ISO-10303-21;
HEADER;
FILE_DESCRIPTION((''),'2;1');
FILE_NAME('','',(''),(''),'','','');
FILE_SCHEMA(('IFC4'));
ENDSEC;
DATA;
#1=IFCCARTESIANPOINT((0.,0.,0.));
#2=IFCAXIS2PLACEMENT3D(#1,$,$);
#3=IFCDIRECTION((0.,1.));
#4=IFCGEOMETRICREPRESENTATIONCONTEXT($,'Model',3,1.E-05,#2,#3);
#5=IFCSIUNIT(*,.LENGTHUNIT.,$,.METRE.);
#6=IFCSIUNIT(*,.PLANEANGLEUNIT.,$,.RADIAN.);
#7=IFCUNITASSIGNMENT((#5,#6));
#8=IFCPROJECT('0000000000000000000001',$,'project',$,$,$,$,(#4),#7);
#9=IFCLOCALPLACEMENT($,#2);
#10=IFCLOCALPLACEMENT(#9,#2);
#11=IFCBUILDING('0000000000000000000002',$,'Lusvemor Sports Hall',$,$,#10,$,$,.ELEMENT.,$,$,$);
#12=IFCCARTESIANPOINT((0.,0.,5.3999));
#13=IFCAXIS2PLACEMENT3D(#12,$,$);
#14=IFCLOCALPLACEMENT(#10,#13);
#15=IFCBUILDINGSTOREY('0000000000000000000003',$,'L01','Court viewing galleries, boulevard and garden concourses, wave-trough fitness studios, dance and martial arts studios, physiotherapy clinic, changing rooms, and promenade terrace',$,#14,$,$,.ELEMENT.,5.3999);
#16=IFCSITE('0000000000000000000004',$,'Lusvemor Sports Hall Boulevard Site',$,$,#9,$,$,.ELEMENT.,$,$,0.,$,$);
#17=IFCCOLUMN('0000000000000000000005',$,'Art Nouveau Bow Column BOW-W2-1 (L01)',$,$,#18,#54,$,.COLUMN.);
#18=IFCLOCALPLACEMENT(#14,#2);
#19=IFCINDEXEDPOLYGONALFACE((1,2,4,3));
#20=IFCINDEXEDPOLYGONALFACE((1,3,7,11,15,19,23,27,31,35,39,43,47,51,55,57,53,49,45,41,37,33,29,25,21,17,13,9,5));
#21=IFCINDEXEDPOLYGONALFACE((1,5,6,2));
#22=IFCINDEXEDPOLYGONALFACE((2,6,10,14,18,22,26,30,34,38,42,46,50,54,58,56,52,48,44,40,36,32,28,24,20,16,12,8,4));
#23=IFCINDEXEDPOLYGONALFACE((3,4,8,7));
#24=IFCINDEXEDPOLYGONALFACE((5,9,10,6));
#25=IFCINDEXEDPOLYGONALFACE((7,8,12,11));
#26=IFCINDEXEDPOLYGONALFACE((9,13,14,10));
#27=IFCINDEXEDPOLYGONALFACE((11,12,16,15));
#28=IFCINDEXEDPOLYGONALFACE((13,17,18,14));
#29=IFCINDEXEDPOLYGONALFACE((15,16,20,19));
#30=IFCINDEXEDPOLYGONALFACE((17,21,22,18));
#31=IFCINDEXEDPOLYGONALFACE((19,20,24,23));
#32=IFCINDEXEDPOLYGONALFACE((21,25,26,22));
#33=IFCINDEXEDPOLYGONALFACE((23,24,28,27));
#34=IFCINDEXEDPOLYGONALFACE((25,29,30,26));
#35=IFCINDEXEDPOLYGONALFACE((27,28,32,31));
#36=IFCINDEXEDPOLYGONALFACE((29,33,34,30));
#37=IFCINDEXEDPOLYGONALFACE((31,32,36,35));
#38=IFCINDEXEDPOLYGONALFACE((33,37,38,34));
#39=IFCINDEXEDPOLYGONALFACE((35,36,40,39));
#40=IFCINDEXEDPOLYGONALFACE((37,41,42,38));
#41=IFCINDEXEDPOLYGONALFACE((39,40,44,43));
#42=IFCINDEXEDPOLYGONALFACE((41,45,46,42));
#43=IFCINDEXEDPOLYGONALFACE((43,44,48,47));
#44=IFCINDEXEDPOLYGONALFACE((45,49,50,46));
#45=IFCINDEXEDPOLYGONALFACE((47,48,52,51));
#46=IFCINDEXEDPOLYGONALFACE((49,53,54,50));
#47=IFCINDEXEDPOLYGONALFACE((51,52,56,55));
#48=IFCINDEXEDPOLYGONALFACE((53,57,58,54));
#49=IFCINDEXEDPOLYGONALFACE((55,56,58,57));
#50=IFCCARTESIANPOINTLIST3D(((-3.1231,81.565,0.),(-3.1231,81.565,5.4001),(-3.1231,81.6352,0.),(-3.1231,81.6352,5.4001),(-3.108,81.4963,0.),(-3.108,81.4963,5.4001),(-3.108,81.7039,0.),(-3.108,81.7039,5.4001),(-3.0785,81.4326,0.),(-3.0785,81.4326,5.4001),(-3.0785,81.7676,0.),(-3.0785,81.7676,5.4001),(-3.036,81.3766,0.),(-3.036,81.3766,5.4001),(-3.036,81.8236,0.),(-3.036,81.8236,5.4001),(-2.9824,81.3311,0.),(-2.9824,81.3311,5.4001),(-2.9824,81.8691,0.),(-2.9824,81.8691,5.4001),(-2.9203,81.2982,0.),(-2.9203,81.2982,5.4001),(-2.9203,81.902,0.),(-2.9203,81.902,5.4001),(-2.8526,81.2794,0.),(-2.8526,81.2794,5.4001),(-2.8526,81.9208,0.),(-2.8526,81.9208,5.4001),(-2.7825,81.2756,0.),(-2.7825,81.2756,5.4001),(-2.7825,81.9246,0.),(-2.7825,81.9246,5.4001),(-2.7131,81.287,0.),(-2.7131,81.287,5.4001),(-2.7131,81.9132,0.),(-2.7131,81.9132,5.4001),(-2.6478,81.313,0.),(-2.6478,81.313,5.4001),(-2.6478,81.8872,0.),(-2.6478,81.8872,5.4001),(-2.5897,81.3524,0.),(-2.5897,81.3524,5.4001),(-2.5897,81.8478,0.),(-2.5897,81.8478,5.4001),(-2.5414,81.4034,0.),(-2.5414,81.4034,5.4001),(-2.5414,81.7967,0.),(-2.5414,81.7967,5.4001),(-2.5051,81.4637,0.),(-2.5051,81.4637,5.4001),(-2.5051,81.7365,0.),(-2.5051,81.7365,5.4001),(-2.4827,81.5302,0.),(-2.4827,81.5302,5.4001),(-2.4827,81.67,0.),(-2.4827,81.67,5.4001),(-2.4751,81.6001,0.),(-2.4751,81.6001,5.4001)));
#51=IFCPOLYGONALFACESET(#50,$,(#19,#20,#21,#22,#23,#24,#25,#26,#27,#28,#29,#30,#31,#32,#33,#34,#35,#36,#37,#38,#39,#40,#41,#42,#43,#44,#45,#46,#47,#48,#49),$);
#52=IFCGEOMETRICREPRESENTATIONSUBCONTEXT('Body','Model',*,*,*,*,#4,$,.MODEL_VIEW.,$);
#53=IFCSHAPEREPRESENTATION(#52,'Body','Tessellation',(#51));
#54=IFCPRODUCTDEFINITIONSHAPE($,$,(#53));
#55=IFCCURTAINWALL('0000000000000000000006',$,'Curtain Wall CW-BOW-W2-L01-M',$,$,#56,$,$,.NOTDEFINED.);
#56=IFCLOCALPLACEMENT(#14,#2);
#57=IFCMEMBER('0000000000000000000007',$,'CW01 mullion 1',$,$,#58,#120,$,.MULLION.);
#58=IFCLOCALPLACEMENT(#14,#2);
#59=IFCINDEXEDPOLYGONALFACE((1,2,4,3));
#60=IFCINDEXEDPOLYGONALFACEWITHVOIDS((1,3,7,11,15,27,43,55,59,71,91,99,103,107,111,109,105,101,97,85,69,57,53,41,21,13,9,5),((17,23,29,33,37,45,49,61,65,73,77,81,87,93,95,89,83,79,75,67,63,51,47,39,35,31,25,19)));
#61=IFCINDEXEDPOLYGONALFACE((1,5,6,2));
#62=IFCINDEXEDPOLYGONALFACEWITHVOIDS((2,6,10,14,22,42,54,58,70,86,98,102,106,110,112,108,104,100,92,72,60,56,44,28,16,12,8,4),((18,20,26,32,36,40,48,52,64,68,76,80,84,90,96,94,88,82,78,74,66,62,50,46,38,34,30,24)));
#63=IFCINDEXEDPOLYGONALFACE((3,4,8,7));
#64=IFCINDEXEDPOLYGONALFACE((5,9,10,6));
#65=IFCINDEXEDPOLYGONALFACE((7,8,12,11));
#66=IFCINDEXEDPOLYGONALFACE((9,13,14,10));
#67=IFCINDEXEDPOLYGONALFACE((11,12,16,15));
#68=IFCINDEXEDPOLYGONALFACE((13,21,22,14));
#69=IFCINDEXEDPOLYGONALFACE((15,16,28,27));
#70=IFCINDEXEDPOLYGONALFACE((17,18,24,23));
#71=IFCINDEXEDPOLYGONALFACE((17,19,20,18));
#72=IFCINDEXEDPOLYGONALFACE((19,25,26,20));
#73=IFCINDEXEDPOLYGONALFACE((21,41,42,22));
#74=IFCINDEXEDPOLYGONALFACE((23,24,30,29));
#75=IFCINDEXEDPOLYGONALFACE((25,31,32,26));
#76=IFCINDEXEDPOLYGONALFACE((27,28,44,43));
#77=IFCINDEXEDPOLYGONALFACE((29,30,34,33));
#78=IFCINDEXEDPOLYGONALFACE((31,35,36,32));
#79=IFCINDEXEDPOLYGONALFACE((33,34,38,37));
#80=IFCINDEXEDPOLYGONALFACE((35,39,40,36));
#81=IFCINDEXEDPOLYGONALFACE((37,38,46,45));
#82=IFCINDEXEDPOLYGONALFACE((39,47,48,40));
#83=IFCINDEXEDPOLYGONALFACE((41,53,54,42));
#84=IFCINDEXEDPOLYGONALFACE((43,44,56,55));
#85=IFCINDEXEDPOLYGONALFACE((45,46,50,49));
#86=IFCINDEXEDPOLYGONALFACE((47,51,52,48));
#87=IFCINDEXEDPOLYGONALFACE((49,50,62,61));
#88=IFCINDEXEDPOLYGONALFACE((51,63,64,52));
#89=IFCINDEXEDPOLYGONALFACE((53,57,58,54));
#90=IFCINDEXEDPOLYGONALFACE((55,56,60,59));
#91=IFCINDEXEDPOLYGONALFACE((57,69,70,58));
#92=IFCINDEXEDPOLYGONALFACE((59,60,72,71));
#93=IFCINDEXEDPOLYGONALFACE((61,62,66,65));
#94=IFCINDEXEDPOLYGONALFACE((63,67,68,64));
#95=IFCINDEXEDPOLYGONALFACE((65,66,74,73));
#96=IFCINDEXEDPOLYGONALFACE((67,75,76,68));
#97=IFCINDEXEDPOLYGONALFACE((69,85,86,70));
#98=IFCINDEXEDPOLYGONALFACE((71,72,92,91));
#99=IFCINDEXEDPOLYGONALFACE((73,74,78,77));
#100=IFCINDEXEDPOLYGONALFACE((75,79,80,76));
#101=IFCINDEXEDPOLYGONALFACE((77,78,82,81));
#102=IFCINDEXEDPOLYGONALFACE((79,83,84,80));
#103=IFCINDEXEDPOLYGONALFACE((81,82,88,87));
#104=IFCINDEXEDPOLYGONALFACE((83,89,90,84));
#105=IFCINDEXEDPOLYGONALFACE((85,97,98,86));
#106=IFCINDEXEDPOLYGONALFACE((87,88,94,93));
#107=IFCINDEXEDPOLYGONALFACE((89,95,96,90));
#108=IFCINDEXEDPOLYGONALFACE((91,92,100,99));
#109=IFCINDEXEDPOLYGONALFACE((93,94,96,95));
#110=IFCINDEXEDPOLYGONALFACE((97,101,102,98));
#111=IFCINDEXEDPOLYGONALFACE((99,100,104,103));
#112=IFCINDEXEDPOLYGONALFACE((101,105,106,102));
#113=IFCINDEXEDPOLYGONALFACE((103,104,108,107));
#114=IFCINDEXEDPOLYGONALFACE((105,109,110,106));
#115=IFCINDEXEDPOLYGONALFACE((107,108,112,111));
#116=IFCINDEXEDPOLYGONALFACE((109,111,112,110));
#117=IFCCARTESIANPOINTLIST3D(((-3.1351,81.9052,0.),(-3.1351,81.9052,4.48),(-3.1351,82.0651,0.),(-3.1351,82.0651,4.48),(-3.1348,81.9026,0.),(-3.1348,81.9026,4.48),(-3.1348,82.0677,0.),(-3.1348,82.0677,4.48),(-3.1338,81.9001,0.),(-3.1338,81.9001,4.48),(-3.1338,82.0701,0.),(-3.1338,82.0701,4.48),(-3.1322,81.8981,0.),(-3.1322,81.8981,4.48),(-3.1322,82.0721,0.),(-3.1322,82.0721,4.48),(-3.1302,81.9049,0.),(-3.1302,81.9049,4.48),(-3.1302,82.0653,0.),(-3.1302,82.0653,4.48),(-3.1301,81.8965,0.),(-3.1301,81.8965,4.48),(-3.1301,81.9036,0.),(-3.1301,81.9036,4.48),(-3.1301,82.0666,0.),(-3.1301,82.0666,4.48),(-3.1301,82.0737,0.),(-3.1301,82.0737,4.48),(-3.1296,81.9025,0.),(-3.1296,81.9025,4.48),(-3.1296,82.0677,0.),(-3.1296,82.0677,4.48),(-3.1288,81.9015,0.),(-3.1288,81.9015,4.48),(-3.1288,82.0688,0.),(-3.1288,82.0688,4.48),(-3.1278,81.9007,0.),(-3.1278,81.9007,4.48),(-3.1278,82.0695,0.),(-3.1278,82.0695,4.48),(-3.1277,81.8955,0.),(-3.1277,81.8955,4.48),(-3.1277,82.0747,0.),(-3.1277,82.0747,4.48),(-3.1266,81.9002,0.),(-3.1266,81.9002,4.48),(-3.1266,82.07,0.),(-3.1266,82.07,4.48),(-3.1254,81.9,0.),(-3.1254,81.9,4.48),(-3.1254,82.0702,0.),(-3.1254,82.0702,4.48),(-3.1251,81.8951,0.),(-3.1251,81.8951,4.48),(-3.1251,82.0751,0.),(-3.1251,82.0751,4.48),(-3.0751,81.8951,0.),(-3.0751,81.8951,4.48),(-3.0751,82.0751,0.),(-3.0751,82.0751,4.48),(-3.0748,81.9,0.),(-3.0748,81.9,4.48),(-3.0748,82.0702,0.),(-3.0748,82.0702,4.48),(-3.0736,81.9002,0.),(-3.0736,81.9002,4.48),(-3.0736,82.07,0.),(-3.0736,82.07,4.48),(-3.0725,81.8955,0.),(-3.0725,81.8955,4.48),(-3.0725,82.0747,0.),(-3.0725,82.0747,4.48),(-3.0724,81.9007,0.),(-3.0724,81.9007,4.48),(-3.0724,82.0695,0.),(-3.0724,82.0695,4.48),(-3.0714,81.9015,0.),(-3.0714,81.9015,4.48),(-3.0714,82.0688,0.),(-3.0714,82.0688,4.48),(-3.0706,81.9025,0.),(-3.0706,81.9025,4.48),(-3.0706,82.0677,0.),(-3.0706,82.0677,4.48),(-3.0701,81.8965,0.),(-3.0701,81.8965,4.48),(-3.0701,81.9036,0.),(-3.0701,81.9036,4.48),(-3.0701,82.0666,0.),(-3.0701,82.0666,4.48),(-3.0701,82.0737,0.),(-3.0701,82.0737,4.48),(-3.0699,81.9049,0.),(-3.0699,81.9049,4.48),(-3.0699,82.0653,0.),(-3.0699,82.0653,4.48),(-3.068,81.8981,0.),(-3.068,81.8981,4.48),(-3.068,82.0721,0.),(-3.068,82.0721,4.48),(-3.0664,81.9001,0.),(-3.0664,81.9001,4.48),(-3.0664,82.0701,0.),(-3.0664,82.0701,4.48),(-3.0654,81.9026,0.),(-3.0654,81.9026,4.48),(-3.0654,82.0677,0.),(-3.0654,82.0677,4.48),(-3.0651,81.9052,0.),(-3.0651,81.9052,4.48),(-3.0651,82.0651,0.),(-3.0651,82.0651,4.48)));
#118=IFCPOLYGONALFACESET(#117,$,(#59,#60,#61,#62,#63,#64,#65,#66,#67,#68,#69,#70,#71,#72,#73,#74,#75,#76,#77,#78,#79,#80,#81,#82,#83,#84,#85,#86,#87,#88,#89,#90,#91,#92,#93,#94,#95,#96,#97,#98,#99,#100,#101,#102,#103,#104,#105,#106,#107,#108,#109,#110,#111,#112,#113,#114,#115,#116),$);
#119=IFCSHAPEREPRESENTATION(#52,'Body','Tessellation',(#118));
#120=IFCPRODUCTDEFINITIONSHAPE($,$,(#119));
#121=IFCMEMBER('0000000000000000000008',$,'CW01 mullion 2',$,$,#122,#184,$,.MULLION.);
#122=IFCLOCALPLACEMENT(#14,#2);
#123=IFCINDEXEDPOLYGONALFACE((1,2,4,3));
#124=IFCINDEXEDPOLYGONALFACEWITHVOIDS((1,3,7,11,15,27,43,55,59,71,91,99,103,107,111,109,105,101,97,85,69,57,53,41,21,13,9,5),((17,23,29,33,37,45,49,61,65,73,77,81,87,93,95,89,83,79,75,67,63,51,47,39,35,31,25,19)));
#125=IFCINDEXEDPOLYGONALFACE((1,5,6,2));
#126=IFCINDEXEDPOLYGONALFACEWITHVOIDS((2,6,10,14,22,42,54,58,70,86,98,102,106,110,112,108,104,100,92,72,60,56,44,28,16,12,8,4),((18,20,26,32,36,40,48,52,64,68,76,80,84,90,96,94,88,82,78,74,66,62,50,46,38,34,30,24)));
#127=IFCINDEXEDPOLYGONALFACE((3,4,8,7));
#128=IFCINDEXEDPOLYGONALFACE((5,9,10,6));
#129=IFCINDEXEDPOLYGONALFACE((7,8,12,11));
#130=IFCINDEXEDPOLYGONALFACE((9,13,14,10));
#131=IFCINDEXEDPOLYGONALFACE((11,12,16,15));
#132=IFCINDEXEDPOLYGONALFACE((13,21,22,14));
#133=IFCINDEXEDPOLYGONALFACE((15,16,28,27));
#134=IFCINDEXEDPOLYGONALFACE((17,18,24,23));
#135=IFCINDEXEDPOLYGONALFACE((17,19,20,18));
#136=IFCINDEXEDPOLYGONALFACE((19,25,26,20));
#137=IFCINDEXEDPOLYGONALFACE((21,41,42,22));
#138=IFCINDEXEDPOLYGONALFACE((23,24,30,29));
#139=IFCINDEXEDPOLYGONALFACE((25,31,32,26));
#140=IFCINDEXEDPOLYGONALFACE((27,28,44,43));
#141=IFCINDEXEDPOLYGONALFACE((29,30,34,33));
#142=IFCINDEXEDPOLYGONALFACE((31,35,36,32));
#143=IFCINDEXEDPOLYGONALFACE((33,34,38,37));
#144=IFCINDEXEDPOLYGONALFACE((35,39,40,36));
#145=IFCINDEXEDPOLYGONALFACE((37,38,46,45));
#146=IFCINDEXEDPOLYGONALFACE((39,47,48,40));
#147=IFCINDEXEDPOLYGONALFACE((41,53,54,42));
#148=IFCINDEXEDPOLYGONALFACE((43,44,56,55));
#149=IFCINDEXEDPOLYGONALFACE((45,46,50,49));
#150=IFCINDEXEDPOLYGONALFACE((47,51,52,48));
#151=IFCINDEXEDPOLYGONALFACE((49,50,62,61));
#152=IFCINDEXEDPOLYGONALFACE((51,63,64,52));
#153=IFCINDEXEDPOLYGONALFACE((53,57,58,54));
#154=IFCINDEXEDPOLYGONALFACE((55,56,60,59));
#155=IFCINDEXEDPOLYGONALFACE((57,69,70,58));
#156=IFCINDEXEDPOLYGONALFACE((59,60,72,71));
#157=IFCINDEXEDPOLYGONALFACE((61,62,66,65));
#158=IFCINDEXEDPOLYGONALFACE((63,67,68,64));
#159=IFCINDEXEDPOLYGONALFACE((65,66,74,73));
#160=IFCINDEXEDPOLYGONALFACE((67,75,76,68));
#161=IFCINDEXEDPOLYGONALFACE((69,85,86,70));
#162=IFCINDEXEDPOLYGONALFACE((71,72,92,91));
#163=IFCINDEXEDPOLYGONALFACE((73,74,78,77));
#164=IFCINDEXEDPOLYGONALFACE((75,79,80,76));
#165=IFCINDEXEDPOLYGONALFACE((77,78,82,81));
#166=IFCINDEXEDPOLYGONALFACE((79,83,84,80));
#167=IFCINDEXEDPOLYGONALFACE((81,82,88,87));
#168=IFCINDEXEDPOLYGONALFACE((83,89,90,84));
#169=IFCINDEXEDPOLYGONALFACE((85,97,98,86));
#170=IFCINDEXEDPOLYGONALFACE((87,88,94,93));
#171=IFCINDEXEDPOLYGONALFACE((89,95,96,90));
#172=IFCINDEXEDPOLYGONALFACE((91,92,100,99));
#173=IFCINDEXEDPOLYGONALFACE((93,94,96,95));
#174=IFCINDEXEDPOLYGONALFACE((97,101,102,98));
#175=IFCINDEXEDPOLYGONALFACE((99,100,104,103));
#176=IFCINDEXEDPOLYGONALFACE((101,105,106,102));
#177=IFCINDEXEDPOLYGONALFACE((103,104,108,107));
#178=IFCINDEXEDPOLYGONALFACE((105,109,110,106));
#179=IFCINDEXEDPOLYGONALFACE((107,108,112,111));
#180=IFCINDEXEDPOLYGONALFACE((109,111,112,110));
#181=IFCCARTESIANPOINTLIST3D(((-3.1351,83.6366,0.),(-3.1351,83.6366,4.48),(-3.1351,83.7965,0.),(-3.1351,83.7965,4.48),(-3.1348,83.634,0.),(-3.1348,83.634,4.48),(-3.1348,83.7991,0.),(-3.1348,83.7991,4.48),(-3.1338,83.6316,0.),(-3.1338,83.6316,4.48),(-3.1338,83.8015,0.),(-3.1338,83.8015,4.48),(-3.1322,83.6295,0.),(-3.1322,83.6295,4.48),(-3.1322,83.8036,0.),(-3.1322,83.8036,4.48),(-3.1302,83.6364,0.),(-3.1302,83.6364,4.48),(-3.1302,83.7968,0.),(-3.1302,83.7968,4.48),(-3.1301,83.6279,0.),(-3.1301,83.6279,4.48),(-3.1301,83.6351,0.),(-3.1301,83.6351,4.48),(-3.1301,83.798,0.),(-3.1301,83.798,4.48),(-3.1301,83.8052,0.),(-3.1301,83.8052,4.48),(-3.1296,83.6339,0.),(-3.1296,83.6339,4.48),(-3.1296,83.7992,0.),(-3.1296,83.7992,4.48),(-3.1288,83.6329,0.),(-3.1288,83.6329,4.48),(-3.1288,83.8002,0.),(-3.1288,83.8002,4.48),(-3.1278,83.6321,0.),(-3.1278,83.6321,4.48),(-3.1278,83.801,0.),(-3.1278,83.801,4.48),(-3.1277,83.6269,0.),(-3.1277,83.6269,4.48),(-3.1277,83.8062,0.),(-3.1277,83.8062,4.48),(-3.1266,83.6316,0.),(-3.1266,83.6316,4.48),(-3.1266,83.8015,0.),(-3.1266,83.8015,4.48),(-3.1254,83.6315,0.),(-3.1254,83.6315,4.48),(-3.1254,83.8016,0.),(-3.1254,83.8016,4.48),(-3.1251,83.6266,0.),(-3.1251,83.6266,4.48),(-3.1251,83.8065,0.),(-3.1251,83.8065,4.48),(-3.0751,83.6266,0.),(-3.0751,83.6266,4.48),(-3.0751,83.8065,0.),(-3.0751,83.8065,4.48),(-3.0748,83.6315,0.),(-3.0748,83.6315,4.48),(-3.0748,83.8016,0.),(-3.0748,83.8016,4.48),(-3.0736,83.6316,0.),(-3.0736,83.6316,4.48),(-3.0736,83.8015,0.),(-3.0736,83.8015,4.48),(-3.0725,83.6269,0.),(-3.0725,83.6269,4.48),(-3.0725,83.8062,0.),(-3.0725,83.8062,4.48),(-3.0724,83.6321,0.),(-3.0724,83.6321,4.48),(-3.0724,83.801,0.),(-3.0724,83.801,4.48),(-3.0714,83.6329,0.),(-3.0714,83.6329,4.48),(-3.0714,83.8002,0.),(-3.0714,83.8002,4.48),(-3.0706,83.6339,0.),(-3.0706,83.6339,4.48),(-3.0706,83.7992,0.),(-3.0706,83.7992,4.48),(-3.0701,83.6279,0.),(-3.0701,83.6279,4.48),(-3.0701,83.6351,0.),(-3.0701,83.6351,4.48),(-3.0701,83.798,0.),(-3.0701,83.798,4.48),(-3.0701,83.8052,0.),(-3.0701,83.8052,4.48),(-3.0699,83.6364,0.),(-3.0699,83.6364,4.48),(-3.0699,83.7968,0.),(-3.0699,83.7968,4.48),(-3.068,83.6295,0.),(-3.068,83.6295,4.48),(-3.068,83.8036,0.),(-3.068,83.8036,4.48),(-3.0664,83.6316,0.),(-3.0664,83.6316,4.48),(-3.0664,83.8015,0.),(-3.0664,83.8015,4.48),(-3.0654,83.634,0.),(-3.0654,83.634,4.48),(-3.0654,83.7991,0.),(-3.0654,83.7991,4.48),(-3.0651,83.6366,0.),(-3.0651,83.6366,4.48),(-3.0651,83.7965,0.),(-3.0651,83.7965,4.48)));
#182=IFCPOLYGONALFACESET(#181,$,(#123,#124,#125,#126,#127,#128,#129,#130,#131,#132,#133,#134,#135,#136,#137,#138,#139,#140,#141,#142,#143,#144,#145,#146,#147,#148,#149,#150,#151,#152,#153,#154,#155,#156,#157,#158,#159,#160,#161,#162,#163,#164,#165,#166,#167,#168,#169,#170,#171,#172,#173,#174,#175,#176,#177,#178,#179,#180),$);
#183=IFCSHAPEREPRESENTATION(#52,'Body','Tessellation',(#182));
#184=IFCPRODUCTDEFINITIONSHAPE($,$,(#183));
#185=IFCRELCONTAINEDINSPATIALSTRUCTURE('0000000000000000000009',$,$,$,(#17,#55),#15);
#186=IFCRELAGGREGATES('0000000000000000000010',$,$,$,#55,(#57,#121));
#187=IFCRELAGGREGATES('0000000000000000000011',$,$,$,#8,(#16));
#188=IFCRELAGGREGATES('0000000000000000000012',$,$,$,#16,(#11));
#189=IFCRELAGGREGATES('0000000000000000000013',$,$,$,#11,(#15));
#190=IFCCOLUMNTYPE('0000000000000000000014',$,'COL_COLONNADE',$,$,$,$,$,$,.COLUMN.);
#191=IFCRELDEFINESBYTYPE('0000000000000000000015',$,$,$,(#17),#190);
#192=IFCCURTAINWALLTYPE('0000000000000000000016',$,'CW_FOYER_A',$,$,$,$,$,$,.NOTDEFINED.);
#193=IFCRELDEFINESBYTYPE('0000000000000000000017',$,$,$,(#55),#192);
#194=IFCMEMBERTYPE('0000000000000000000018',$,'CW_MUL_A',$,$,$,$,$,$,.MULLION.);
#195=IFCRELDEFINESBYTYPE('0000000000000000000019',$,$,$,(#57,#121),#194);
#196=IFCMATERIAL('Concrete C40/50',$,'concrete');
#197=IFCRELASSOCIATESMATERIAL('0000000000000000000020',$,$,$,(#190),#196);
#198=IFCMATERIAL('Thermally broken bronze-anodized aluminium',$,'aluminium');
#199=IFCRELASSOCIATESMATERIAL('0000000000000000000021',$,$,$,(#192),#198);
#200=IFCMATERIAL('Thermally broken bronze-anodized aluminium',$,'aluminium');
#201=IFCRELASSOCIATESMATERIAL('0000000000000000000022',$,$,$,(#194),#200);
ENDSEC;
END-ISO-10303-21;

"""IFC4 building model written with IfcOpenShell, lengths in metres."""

from ifc_helpers import new_model, si_unit, direction, frame, origin, origin_2d, place, context, subcontext, project, spatial, hollow_rectangle, circle, extrude, material, material_profile, profile_set, type_object, element, aggregate, save


model = new_model("IFC4")

# Units and contexts
model_context = context("Model", 3, precision=1e-05, world=origin(), true_north=direction((0.0, 1.0)))
body_context = subcontext(model_context, "Body", "Model", "MODEL_VIEW")
ifc_project = project(units=[si_unit("LENGTHUNIT", "METRE"), si_unit("PLANEANGLEUNIT", "RADIAN")], contexts=[model_context])

# Site, building, storey
site_placement = place(None, origin())
site = spatial("IfcSite", under=ifc_project, at=site_placement, Name="Lusvemor Sports Hall Boulevard Site", CompositionType="ELEMENT", RefElevation=0.0)
building_placement = place(site_placement, origin())
building = spatial("IfcBuilding", under=site, at=building_placement, Name="Lusvemor Sports Hall", CompositionType="ELEMENT")
storey_placement = place(building_placement, frame((0.0, 0.0, 5.3999)))
storey = spatial("IfcBuildingStorey", under=building, at=storey_placement, Name="L01", Description="Court viewing galleries, boulevard and garden concourses, wave-trough fitness studios, dance and martial arts studios, physiotherapy clinic, changing rooms, and promenade terrace", CompositionType="ELEMENT", Elevation=5.3999)

# Column
ifc_material_1 = material(Name="Concrete C40/50", Category="concrete")
ifc_material_profile_1 = material_profile(ifc_material_1, circle(Radius=0.325, at=origin_2d()), Name="RCCIRC650")
ifc_profile_set_1 = profile_set([ifc_material_profile_1], Name="Concrete C40/50")
column_type = type_object("IfcColumnType", Name="COL_COLONNADE", PredefinedType="COLUMN", material=ifc_profile_set_1)
column_placement = place(storey_placement, frame((-2.8, 81.6001, 0.0), z_axis=(0.0, 0.0, 1.0), x_axis=(1.0, 0.0, 0.0)))
element("IfcColumn", 1, at=column_placement, inside=storey, type_object=column_type, Name="Art Nouveau Bow Column BOW-W2-1 (L01)", PredefinedType="COLUMN", context=body_context, shape_type="SweptSolid", body=[
    extrude(circle(Radius=0.325, at=origin_2d()), origin(), (0.0, 0.0, 1.0), 5.4001),
])

# Curtain wall, members
ifc_material_2 = material(Name="Thermally broken bronze-anodized aluminium", Category="aluminium")
curtain_wall_type_1 = type_object("IfcCurtainWallType", Name="CW_FOYER_A", PredefinedType="NOTDEFINED", material=ifc_material_2)
curtain_wall_1_placement = place(storey_placement, origin())
curtain_wall_1 = element("IfcCurtainWall", 2, at=curtain_wall_1_placement, inside=storey, type_object=curtain_wall_type_1, Name="Curtain Wall CW-BOW-W2-L01-M", PredefinedType="NOTDEFINED")
ifc_material_3 = material(Name="Thermally broken bronze-anodized aluminium", Category="aluminium")
ifc_material_profile_2 = material_profile(ifc_material_3, hollow_rectangle(XDim=0.0701, YDim=0.1799, WallThickness=0.0049, InnerFilletRadius=0.0049, OuterFilletRadius=0.01, at=origin_2d()), Name="CWMUL180x70x5")
ifc_profile_set_2 = profile_set([ifc_material_profile_2], Name="Thermally broken bronze-anodized aluminium")
member_type_1 = type_object("IfcMemberType", Name="CW_MUL_A", PredefinedType="MULLION", material=ifc_profile_set_2)
member_1_placement = place(storey_placement, frame((-3.1001, 81.9851, 0.0), z_axis=(0.0, 0.0, 1.0), x_axis=(-1.0, 0.0, 0.0)))
member_1 = element("IfcMember", 3, at=member_1_placement, type_object=member_type_1, Name="CW01 mullion 1", PredefinedType="MULLION", context=body_context, shape_type="SweptSolid", body=[
    extrude(hollow_rectangle(XDim=0.0701, YDim=0.1799, WallThickness=0.0049, InnerFilletRadius=0.0049, OuterFilletRadius=0.01, at=origin_2d()), origin(), (0.0, 0.0, 1.0), 4.48),
])
member_2_placement = place(storey_placement, frame((-3.1001, 83.7166, 0.0), z_axis=(0.0, 0.0, 1.0), x_axis=(-1.0, 0.0, 0.0)))
member_2 = element("IfcMember", 4, at=member_2_placement, type_object=member_type_1, Name="CW01 mullion 2", PredefinedType="MULLION", context=body_context, shape_type="SweptSolid", body=[
    extrude(hollow_rectangle(XDim=0.0701, YDim=0.1799, WallThickness=0.0049, InnerFilletRadius=0.0049, OuterFilletRadius=0.01, at=origin_2d()), origin(), (0.0, 0.0, 1.0), 4.48),
])

aggregate(curtain_wall_1, [member_1, member_2])

save(model, "model.ifc")
